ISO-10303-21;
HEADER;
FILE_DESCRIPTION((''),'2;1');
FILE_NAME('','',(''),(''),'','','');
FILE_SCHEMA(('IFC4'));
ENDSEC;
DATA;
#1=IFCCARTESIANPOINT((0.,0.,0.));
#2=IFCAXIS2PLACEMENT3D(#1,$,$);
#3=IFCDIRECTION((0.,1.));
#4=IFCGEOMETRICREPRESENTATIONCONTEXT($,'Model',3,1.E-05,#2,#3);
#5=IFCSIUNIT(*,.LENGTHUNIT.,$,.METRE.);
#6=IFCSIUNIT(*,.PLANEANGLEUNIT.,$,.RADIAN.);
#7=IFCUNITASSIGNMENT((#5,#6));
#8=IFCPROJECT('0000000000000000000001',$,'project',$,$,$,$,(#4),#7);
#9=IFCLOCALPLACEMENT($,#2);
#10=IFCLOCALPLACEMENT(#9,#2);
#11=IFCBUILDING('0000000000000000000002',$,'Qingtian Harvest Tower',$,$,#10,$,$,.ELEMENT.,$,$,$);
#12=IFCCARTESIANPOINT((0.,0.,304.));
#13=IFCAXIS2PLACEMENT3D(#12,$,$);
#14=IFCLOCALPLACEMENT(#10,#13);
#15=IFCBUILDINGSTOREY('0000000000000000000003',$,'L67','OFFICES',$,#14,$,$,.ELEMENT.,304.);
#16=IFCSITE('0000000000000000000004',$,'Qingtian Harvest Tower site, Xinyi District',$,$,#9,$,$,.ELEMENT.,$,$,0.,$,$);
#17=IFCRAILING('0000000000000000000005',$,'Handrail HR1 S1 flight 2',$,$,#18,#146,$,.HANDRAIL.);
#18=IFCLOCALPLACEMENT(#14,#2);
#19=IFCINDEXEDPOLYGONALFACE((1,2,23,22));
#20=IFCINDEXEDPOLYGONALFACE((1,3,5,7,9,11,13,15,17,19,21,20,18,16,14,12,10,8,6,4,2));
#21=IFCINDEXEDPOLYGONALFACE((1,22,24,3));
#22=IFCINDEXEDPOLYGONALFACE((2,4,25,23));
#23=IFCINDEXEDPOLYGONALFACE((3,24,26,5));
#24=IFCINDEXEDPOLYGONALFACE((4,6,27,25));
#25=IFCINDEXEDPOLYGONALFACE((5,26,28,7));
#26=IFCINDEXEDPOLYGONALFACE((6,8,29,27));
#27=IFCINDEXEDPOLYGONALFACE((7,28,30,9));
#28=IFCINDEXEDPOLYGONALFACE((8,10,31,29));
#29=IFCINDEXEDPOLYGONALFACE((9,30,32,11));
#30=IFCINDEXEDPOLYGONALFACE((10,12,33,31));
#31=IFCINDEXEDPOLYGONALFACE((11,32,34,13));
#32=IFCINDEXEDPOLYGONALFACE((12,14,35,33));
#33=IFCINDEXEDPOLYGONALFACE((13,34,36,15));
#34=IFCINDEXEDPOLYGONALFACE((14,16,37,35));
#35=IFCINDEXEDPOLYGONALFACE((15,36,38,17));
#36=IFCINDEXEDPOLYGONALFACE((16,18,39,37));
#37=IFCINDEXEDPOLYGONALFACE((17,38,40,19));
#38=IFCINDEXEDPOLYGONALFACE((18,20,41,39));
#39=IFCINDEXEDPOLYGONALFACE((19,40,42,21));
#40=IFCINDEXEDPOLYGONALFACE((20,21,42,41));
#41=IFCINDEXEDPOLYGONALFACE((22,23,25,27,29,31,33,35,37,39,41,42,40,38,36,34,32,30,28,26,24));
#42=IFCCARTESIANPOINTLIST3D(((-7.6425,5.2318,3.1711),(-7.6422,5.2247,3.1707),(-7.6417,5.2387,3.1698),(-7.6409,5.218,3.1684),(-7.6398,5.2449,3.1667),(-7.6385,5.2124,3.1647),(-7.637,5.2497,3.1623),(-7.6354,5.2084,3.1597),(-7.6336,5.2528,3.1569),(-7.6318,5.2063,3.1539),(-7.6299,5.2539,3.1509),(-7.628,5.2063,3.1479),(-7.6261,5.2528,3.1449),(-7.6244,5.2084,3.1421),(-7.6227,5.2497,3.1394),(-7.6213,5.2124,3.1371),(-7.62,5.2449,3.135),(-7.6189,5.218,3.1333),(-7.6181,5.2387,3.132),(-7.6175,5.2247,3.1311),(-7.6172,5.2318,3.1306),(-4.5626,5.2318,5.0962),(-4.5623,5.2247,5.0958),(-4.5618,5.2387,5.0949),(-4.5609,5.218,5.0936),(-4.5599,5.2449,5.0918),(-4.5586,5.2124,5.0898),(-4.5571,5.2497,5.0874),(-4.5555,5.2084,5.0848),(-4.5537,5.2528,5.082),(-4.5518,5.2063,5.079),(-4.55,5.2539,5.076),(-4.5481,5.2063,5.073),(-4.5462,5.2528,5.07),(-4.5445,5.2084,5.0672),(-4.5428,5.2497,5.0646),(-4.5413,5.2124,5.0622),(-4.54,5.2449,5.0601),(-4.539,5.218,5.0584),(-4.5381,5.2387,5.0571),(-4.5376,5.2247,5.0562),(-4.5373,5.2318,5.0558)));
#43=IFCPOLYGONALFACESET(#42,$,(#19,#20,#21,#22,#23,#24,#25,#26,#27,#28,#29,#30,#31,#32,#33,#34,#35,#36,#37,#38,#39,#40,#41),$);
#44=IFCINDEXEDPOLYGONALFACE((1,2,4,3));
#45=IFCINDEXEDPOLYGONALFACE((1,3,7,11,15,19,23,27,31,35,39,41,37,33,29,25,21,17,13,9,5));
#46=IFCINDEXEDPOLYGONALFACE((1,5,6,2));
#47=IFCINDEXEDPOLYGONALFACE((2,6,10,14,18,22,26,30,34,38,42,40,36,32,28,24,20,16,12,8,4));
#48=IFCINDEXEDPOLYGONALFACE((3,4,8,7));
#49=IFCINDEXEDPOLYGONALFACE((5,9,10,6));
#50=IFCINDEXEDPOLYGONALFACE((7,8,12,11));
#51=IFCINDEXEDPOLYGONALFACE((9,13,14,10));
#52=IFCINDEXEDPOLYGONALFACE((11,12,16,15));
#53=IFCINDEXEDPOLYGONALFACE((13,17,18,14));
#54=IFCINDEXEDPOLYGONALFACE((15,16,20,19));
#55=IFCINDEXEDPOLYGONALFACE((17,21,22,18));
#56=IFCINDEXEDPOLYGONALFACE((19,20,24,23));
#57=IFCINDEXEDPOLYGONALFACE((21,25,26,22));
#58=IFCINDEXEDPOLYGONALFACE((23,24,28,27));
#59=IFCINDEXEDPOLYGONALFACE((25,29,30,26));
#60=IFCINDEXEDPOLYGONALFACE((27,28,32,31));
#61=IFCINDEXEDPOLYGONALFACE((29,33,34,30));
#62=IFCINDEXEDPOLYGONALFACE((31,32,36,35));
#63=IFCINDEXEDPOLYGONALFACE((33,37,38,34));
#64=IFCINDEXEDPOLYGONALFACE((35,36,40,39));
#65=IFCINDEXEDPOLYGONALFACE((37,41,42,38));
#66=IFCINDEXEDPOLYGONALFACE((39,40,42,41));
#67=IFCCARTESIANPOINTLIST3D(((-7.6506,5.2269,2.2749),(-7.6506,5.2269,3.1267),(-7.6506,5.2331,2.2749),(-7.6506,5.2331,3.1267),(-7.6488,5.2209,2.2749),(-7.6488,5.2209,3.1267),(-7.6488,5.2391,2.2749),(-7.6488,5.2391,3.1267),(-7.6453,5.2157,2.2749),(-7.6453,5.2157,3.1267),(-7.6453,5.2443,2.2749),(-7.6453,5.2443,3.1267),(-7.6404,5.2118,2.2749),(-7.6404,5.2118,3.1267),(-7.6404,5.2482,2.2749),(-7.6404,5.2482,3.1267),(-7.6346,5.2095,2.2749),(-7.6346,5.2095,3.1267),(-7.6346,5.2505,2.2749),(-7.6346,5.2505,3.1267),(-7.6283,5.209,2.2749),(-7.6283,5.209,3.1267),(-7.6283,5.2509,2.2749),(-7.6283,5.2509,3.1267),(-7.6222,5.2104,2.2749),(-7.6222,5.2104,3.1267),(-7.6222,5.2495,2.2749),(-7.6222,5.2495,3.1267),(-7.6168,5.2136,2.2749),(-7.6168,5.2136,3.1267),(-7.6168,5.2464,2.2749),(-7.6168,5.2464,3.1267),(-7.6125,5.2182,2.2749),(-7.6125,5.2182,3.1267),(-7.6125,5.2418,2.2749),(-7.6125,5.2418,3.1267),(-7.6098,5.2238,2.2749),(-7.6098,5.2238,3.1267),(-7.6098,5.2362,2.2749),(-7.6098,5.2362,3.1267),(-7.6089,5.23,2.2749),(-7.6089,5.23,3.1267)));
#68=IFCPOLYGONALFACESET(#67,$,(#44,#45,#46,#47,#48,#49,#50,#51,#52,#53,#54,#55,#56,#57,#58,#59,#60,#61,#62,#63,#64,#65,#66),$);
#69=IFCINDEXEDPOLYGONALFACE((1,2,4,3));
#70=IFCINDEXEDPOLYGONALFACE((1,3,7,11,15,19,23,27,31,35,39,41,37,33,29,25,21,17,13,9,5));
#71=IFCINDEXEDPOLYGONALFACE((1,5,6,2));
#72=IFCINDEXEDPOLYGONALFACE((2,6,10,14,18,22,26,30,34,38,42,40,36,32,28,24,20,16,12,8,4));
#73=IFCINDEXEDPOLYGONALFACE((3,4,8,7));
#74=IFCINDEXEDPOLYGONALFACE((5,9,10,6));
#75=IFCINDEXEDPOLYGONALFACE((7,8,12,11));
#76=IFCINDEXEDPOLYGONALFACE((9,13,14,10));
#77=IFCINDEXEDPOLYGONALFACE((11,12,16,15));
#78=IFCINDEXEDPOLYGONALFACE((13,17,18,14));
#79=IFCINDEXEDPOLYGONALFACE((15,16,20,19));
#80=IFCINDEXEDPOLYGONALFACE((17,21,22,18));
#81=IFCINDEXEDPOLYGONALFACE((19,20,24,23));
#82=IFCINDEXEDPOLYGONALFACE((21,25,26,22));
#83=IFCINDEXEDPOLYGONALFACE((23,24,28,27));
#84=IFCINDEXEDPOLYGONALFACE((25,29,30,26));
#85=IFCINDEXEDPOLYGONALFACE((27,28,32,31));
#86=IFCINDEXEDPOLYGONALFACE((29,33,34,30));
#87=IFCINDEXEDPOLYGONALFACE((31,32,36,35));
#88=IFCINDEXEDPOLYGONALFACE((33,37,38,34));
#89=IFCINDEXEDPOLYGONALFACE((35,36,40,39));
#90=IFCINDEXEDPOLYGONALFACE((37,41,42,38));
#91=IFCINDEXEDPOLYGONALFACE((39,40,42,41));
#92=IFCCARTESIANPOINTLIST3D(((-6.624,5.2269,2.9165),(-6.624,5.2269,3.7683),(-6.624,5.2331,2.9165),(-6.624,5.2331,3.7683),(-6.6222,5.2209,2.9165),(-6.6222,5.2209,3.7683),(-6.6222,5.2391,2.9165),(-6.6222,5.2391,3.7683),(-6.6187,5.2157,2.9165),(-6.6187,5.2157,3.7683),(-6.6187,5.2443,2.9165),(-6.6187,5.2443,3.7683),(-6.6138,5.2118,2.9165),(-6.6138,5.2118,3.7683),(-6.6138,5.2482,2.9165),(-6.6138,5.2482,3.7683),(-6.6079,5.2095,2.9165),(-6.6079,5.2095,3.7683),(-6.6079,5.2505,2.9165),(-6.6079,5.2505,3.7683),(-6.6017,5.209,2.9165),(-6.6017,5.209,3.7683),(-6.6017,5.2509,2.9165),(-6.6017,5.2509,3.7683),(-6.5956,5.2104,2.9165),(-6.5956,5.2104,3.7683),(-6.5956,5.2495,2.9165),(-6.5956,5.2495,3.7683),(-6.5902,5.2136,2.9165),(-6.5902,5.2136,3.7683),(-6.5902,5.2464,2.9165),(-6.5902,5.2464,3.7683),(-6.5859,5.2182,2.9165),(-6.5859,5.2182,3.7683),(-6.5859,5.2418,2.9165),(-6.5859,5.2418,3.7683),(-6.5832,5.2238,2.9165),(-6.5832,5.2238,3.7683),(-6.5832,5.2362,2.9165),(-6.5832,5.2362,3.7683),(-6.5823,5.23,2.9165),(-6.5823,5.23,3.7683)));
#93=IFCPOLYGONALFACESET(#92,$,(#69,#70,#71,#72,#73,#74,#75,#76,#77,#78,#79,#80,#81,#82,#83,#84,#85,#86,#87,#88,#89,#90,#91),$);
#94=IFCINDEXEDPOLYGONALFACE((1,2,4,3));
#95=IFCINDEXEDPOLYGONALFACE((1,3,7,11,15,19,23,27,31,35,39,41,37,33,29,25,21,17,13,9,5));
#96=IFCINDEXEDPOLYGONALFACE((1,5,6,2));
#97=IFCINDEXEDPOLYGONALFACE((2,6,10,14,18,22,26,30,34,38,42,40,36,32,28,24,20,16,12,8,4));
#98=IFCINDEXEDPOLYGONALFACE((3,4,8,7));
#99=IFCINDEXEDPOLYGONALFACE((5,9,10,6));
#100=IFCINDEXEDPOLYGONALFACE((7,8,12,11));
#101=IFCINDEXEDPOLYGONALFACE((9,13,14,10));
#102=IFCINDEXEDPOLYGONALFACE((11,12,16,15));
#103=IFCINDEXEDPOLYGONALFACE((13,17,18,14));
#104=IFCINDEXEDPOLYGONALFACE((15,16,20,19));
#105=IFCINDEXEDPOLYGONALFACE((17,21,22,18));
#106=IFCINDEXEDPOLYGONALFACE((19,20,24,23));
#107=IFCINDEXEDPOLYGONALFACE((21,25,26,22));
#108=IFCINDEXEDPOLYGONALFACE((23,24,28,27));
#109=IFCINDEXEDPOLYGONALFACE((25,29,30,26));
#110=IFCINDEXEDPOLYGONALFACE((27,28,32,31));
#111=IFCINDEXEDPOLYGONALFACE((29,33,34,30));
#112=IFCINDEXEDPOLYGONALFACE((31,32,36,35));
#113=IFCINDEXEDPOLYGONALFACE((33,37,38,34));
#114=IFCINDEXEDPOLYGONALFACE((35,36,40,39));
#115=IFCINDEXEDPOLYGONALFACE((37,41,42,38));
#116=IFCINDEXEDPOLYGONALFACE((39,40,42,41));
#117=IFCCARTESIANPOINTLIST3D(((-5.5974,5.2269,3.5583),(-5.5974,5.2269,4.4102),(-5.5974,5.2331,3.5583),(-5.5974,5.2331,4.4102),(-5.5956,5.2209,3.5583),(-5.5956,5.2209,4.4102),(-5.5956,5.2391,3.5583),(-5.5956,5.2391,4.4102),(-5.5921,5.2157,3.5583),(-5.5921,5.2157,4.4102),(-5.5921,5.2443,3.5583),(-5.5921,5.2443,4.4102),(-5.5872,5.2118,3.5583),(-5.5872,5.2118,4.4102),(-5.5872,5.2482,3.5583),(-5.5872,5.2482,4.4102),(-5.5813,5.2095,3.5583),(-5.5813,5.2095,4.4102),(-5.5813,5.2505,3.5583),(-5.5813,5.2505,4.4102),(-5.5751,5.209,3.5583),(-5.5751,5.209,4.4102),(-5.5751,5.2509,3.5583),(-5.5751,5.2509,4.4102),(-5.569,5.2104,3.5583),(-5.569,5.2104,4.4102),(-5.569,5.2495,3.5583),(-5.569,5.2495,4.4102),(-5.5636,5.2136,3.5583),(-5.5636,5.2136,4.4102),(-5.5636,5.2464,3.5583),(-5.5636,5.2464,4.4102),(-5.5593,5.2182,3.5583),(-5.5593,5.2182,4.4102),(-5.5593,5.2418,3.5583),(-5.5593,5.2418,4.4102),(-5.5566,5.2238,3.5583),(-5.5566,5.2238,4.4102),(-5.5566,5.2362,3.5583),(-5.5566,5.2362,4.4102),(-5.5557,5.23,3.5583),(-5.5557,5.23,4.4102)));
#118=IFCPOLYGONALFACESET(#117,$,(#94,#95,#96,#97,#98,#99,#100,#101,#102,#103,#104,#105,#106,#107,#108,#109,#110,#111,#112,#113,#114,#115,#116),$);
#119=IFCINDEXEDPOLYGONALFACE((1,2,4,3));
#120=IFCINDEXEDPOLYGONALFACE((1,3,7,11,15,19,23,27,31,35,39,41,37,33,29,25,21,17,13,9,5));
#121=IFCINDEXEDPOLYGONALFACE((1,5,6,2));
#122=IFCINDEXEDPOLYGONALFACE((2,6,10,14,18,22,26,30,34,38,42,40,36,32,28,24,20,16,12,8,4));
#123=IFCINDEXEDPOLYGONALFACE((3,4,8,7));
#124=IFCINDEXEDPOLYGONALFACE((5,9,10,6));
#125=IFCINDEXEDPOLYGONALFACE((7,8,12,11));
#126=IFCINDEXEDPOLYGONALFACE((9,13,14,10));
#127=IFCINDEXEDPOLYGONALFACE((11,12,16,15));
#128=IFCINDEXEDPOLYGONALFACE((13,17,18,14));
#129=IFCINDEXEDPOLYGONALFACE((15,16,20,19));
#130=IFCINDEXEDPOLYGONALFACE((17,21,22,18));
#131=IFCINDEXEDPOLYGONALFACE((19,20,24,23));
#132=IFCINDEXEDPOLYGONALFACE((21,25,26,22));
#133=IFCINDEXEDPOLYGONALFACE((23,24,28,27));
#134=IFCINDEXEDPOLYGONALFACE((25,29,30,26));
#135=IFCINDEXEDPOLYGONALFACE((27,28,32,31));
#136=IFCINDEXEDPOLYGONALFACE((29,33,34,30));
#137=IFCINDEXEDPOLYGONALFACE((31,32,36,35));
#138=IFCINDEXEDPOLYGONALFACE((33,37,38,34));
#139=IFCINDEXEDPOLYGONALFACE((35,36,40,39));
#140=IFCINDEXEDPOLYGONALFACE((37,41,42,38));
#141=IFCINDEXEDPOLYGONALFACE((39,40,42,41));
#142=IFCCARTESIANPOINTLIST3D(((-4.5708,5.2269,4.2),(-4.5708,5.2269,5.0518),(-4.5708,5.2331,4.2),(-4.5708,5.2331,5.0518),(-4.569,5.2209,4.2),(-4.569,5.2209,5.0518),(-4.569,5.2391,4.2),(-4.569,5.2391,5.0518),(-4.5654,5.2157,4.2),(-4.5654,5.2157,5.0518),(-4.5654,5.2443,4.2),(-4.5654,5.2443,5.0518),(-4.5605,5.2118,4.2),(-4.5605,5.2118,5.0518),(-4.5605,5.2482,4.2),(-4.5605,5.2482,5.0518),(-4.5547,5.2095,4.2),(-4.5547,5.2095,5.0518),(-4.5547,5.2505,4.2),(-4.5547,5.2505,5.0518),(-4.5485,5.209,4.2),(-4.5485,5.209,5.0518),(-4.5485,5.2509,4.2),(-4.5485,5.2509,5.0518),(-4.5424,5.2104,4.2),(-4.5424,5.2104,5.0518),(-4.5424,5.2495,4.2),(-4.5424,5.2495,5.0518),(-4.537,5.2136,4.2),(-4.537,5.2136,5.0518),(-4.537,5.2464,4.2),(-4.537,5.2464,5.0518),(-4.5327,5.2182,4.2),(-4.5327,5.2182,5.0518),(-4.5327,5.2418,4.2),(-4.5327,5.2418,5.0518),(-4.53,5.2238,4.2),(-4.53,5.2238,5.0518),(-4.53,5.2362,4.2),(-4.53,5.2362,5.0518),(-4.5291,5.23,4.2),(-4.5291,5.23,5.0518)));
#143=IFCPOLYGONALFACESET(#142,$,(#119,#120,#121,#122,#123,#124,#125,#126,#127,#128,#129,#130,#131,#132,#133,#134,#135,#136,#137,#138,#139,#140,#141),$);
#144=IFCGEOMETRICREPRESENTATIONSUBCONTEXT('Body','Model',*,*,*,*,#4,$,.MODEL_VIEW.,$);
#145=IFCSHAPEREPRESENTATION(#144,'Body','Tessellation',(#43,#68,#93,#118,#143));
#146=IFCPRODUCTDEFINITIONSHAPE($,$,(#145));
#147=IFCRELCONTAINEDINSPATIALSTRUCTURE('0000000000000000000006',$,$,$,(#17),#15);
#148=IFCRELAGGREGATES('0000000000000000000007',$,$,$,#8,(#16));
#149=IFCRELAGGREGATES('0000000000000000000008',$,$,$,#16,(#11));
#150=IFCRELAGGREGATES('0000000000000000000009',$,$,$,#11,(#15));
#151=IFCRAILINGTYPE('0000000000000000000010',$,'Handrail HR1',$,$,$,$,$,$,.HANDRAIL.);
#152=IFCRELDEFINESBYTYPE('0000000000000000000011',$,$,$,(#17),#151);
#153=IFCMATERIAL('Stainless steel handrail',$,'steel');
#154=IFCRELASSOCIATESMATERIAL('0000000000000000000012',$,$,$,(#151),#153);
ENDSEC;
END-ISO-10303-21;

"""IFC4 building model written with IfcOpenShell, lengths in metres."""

from ifc_helpers import new_model, si_unit, direction, frame, origin, origin_2d, place, context, subcontext, project, spatial, circle, extrude, material, type_object, element, save


model = new_model("IFC4")

# Units and contexts
model_context = context("Model", 3, precision=1e-05, world=origin(), true_north=direction((0.0, 1.0)))
body_context = subcontext(model_context, "Body", "Model", "MODEL_VIEW")
ifc_project = project(units=[si_unit("LENGTHUNIT", "METRE"), si_unit("PLANEANGLEUNIT", "RADIAN")], contexts=[model_context])

# Site, building, storey
site_placement = place(None, origin())
site = spatial("IfcSite", under=ifc_project, at=site_placement, Name="Qingtian Harvest Tower site, Xinyi District", CompositionType="ELEMENT", RefElevation=0.0)
building_placement = place(site_placement, origin())
building = spatial("IfcBuilding", under=site, at=building_placement, Name="Qingtian Harvest Tower", CompositionType="ELEMENT")
storey_placement = place(building_placement, frame((0.0, 0.0, 304.0)))
storey = spatial("IfcBuildingStorey", under=building, at=storey_placement, Name="L67", Description="OFFICES", CompositionType="ELEMENT", Elevation=304.0)

# Railing
ifc_material_1 = material(Name="Stainless steel handrail", Category="steel")
railing_type = type_object("IfcRailingType", Name="Handrail HR1", PredefinedType="HANDRAIL", material=ifc_material_1)
railing_placement = place(storey_placement, frame((-7.6299, 5.23, 2.2749)))
element("IfcRailing", 1, at=railing_placement, inside=storey, type_object=railing_type, Name="Handrail HR1 S1 flight 2", PredefinedType="HANDRAIL", context=body_context, shape_type="SweptSolid", body=[
    extrude(circle(Radius=0.0239, at=origin_2d()), frame((0.0, 0.0, 0.876), z_axis=(0.847979, 0.0, 0.530029), x_axis=(0.0, 1.0, 0.0)), (0.0, 0.0, 1.0), 3.6321),
    extrude(circle(Radius=0.021, at=origin_2d()), origin(), (0.0, 0.0, 1.0), 0.8518),
    extrude(circle(Radius=0.021, at=origin_2d()), frame((1.0266, 0.0, 0.6416)), (0.0, 0.0, 1.0), 0.8518),
    extrude(circle(Radius=0.021, at=origin_2d()), frame((2.0532, 0.0, 1.2834)), (0.0, 0.0, 1.0), 0.8518),
    extrude(circle(Radius=0.021, at=origin_2d()), frame((3.0798, 0.0, 1.925)), (0.0, 0.0, 1.0), 0.8518),
])

save(model, "model.ifc")
